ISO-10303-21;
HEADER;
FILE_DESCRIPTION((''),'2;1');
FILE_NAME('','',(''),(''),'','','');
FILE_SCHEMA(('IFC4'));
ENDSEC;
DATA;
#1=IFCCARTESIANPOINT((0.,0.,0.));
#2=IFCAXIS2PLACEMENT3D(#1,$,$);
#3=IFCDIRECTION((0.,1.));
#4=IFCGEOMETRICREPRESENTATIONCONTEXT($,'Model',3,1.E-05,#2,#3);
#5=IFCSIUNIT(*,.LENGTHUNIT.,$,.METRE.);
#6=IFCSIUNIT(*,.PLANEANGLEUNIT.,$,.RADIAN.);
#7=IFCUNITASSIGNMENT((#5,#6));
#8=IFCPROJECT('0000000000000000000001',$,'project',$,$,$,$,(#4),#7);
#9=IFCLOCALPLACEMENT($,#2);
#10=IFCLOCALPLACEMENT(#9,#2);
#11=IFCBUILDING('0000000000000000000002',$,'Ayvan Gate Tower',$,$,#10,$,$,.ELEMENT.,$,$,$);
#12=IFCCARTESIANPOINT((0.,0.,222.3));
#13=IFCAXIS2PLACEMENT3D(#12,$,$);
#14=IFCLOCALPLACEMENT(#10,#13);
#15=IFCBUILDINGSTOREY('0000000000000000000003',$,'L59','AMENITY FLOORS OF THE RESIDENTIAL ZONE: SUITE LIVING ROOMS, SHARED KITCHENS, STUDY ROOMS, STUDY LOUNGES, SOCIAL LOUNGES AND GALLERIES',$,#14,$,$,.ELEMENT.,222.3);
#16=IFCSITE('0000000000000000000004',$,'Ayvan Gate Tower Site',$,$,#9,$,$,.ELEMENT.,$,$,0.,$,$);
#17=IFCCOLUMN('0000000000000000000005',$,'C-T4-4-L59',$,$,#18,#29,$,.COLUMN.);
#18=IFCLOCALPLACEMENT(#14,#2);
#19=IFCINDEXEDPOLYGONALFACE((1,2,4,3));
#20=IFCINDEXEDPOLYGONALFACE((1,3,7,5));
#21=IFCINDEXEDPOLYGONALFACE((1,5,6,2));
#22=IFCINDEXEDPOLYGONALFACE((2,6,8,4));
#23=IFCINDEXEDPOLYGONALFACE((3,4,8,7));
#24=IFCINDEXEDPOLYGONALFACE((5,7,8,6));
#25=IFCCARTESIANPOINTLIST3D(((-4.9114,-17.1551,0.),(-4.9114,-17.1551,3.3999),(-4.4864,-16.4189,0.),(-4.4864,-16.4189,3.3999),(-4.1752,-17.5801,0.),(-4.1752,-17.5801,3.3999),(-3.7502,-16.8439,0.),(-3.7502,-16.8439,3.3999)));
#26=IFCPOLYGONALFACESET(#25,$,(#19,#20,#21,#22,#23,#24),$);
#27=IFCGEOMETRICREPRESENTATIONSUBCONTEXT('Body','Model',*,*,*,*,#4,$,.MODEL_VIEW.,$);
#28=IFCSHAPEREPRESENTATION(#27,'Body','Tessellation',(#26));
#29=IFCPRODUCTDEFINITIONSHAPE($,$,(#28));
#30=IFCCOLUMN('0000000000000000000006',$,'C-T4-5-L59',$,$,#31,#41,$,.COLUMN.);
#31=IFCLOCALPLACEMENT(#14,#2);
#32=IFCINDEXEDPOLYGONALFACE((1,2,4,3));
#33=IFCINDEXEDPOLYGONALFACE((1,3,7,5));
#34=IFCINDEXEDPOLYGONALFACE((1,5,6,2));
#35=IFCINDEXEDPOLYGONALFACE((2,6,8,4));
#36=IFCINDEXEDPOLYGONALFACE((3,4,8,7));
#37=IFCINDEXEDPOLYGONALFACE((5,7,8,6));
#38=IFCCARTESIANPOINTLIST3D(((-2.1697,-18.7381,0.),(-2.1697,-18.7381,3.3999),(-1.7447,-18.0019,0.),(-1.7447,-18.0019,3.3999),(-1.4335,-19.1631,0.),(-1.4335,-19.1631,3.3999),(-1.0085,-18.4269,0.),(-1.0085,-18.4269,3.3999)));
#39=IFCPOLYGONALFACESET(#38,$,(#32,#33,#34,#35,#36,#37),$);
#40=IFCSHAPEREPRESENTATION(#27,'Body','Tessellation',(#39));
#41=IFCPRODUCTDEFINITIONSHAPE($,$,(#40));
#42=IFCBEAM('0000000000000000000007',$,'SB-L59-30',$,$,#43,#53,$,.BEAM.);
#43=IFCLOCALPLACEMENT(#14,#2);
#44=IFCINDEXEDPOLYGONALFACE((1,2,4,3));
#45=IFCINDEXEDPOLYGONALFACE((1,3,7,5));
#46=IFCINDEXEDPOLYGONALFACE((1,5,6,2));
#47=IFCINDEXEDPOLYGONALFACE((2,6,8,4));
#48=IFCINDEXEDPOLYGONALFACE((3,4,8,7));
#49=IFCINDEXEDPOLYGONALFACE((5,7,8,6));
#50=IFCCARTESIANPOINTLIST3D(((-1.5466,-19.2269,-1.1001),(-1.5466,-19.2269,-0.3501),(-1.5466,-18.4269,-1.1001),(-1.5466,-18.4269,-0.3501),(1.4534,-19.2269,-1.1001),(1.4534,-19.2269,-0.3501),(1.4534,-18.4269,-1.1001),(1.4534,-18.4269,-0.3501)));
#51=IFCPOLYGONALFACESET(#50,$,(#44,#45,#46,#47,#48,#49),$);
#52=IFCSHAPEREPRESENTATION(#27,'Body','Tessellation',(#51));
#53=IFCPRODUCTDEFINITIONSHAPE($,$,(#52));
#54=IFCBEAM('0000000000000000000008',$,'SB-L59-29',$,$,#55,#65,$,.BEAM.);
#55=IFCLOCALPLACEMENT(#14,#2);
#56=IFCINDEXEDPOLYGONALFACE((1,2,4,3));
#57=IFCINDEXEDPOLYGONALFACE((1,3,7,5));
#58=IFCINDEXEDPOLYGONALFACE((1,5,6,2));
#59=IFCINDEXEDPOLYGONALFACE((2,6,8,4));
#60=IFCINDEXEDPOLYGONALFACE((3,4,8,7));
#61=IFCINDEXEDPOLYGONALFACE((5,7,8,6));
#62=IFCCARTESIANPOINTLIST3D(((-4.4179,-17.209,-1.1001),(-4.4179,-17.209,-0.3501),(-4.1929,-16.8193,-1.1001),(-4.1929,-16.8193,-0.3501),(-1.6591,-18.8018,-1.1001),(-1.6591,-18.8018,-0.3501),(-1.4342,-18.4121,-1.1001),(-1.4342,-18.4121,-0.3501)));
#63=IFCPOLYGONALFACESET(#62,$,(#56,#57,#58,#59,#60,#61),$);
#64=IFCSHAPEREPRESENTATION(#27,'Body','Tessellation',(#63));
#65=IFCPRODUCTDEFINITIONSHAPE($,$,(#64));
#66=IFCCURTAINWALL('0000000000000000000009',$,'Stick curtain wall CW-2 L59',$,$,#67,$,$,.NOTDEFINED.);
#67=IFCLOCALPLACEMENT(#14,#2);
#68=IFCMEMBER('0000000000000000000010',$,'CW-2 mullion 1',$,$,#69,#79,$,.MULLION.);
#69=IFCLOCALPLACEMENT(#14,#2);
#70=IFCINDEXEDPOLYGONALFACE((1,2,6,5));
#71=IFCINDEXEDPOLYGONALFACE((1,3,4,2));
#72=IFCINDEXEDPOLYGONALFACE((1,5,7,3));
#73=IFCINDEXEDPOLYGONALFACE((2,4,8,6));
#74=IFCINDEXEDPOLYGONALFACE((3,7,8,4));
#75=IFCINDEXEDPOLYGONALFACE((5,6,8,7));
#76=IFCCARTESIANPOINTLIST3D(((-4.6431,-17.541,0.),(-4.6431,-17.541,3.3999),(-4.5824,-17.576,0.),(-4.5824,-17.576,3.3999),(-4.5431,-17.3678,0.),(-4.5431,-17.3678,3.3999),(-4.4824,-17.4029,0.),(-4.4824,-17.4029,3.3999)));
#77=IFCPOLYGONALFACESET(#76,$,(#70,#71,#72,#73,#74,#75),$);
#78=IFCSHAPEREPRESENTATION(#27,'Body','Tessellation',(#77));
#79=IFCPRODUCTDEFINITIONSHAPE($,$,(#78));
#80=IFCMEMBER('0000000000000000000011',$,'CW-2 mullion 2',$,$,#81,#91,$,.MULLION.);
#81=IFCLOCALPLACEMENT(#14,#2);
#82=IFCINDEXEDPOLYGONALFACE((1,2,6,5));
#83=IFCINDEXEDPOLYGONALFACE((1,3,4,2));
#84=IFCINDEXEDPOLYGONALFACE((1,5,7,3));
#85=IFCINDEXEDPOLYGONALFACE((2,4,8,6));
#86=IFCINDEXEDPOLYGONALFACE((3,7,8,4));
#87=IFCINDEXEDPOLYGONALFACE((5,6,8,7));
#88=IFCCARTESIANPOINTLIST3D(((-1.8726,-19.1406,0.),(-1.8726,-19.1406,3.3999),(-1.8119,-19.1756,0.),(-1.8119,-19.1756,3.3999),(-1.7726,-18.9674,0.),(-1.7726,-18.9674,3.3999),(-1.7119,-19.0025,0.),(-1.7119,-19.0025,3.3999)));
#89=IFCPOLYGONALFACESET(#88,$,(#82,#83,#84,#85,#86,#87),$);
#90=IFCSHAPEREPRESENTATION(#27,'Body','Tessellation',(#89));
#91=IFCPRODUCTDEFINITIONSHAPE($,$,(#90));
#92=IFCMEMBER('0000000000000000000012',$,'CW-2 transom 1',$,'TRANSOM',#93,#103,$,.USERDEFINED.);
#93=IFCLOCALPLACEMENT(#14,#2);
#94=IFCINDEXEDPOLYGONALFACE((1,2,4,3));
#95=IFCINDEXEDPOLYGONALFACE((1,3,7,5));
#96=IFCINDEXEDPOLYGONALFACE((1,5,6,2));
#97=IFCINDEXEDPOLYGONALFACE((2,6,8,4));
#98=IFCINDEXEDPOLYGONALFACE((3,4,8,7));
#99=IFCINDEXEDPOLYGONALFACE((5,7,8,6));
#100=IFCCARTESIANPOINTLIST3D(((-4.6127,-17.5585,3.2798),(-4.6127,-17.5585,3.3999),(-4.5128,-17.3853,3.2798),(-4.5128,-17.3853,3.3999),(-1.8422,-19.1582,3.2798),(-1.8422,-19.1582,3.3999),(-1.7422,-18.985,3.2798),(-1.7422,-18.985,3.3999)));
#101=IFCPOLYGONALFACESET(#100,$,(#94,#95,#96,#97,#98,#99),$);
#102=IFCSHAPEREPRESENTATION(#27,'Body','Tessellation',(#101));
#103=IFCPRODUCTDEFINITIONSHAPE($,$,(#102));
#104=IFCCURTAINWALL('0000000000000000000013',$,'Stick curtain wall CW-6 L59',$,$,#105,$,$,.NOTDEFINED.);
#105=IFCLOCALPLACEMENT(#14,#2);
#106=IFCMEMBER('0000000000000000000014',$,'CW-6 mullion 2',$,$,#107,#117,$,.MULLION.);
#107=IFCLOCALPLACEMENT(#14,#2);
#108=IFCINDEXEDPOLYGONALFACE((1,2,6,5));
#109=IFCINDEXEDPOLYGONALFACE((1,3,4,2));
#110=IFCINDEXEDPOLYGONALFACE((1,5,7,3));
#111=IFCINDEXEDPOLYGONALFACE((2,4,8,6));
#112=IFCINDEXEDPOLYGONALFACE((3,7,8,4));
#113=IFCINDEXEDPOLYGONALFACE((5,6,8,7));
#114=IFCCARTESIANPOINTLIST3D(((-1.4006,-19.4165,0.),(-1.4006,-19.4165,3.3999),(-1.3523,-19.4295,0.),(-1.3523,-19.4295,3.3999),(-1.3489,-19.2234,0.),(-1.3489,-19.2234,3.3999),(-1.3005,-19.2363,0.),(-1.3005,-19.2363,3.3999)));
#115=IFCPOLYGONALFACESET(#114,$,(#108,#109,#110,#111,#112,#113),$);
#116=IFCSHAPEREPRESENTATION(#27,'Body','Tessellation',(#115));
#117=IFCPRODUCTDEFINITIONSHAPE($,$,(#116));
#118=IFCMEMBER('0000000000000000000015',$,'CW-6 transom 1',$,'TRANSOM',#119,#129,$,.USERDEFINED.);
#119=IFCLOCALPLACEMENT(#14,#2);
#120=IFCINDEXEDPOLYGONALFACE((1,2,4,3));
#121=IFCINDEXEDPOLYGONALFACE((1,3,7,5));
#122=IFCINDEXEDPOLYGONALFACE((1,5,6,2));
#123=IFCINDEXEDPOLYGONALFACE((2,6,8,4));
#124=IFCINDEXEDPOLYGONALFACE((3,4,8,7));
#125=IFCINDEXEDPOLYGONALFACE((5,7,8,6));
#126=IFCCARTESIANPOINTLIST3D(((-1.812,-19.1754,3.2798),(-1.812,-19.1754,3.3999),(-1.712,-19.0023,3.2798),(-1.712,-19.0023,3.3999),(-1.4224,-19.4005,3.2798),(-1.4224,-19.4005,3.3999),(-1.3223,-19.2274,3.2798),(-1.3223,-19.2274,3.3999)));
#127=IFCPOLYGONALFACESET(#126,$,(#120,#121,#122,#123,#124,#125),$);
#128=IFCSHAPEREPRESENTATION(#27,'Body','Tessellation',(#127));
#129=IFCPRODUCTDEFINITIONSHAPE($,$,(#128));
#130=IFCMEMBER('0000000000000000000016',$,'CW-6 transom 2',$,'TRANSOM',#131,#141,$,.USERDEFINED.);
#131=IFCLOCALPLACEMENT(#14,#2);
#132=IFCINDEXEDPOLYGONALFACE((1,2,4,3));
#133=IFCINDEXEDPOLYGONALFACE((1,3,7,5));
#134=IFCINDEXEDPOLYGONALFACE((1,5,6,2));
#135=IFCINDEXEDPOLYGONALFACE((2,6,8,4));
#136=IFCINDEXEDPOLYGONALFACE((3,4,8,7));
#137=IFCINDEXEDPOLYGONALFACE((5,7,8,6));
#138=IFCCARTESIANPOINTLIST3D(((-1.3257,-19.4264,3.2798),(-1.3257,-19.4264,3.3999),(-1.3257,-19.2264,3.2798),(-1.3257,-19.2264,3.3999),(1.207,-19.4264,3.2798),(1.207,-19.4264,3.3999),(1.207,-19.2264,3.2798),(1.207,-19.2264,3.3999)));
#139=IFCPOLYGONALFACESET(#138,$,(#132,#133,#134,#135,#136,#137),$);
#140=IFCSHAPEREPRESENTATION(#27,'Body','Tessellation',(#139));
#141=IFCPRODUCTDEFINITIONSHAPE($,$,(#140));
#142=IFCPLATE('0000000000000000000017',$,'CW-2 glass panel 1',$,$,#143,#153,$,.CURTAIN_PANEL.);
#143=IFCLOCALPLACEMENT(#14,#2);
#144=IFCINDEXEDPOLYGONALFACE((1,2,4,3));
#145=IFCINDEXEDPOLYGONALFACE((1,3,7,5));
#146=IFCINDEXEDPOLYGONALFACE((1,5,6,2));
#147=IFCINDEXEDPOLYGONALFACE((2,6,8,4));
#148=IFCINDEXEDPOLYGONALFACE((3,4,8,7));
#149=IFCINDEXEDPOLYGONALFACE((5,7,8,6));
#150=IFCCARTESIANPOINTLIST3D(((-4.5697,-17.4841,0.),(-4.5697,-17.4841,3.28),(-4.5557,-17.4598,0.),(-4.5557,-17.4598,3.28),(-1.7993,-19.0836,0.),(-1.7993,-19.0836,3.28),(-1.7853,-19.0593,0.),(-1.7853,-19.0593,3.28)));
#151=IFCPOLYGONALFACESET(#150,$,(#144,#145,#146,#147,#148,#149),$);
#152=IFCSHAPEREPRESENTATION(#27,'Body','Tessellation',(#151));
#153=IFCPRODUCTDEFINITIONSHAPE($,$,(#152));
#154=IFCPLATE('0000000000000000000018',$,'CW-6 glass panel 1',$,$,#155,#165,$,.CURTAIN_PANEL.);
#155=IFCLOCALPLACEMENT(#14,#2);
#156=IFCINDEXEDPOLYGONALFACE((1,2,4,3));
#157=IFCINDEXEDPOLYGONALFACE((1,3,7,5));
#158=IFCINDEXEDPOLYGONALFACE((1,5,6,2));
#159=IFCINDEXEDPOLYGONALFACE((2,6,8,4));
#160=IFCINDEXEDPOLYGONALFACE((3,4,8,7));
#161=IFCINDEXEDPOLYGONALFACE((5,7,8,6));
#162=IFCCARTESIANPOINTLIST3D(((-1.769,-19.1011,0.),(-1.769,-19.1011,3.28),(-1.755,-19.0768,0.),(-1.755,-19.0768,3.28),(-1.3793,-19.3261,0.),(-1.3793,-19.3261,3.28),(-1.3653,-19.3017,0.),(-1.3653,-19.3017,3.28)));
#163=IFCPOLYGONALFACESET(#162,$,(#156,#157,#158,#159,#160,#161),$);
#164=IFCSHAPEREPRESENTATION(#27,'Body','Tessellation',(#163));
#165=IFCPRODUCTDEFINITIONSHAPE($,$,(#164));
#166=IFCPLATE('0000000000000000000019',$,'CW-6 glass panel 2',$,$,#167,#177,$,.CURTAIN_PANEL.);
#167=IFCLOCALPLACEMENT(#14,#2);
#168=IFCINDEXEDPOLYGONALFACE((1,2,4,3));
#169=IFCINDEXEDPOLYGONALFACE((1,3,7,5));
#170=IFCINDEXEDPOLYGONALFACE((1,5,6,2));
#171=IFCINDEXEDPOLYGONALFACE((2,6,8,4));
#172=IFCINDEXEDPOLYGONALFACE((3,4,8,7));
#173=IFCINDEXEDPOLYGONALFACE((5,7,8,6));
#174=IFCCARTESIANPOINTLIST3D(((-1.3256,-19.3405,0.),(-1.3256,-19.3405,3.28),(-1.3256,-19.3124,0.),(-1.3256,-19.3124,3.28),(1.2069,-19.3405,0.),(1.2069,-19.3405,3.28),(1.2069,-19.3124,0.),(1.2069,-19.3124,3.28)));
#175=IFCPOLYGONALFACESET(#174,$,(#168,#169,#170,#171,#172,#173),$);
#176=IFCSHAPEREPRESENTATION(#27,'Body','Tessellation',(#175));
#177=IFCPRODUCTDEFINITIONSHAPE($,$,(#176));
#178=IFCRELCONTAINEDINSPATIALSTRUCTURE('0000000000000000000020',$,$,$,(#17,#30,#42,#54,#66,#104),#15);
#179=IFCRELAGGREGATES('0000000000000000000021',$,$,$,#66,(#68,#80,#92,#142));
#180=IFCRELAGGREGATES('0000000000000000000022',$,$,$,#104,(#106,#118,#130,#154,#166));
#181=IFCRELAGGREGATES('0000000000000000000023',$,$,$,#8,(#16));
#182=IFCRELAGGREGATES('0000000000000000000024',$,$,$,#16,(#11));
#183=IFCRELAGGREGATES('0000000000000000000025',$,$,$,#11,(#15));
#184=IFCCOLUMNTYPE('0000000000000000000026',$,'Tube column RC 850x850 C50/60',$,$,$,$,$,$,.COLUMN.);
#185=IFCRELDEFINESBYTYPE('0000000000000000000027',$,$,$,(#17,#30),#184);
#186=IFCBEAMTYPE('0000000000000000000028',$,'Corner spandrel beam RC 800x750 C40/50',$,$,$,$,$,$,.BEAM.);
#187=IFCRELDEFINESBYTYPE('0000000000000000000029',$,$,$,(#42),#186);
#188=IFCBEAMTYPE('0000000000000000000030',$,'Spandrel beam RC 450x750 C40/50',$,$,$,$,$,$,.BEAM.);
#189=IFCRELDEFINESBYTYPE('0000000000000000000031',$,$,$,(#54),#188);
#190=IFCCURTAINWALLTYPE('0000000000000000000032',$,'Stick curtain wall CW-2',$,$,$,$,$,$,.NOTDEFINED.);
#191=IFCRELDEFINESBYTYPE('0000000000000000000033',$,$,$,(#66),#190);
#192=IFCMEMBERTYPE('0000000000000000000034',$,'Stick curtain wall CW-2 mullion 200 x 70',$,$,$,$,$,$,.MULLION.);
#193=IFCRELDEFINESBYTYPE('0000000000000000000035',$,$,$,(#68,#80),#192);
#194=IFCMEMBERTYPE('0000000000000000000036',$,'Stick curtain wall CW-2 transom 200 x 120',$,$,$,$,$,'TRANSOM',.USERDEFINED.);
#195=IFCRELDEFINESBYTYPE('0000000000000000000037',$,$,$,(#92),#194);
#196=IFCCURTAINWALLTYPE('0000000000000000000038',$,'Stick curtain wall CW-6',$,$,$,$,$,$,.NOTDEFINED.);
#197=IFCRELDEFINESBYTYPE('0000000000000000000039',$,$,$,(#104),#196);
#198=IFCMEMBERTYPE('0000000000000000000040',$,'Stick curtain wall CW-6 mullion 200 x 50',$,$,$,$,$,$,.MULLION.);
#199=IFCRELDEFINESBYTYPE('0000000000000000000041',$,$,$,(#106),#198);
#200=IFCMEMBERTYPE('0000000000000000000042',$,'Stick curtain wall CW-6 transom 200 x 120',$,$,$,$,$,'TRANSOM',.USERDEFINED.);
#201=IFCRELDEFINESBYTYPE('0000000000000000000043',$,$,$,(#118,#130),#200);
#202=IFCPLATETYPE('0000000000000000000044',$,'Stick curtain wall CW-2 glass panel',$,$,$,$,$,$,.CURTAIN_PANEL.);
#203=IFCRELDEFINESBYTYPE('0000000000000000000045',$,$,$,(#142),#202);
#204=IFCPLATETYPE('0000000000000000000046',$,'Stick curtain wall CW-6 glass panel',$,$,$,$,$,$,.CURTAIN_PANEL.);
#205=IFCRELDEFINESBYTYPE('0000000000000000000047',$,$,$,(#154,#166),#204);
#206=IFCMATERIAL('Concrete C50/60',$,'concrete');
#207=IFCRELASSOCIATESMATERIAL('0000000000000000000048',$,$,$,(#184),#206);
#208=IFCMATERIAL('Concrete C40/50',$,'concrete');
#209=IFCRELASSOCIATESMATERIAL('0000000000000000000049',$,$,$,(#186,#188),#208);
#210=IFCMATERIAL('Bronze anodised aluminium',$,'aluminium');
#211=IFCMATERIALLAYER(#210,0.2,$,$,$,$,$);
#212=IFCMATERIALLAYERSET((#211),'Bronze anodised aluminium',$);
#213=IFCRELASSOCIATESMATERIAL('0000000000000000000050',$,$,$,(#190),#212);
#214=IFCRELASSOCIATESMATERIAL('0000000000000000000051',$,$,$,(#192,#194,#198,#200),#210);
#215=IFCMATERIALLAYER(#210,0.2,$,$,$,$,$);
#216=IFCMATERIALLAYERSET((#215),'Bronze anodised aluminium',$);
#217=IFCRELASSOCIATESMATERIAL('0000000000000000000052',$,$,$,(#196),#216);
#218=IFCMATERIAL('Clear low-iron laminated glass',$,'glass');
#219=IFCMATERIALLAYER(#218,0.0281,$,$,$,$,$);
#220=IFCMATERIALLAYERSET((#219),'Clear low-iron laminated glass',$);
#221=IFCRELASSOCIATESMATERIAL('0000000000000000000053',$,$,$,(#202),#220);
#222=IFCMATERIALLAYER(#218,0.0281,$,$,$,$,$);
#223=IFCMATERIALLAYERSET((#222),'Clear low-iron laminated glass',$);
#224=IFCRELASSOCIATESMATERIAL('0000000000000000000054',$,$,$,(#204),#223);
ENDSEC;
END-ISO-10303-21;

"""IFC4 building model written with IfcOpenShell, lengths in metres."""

from ifc_helpers import new_model, si_unit, direction, frame, origin, origin_2d, place, context, subcontext, project, spatial, rectangle, extrude, material, layer, layer_set, material_profile, profile_set, type_object, element, aggregate, save


model = new_model("IFC4")

# Units and contexts
model_context = context("Model", 3, precision=1e-05, world=origin(), true_north=direction((0.0, 1.0)))
body_context = subcontext(model_context, "Body", "Model", "MODEL_VIEW")
ifc_project = project(units=[si_unit("LENGTHUNIT", "METRE"), si_unit("PLANEANGLEUNIT", "RADIAN")], contexts=[model_context])

# Site, building, storey
site_placement = place(None, origin())
site = spatial("IfcSite", under=ifc_project, at=site_placement, Name="Ayvan Gate Tower Site", CompositionType="ELEMENT", RefElevation=0.0)
building_placement = place(site_placement, origin())
building = spatial("IfcBuilding", under=site, at=building_placement, Name="Ayvan Gate Tower", CompositionType="ELEMENT")
storey_placement = place(building_placement, frame((0.0, 0.0, 222.3)))
storey = spatial("IfcBuildingStorey", under=building, at=storey_placement, Name="L59", Description="AMENITY FLOORS OF THE RESIDENTIAL ZONE: SUITE LIVING ROOMS, SHARED KITCHENS, STUDY ROOMS, STUDY LOUNGES, SOCIAL LOUNGES AND GALLERIES", CompositionType="ELEMENT", Elevation=222.3)

# Columns
ifc_material_1 = material(Name="Concrete C50/60", Category="concrete")
ifc_material_profile_1 = material_profile(ifc_material_1, rectangle(XDim=0.8501, YDim=0.8501, at=origin_2d()), Name="RC 850x850")
ifc_profile_set_1 = profile_set([ifc_material_profile_1], Name="Concrete C50/60")
column_type = type_object("IfcColumnType", Name="Tube column RC 850x850 C50/60", PredefinedType="COLUMN", material=ifc_profile_set_1)
for number, where, z_axis, x_axis, name in (
    (1, (-4.3308, -16.9995, 0.0), (0.0, 0.0, 1.0), (-0.5, -0.866025, 0.0), "C-T4-4-L59"),
    (2, (-1.5891, -18.5825, 0.0), (0.0, 0.0, 1.0), (-0.5, -0.866025, 0.0), "C-T4-5-L59"),
):
    element("IfcColumn", number, at=place(storey_placement, frame(where, z_axis=z_axis, x_axis=x_axis)), inside=storey, type_object=column_type, Name=name, PredefinedType="COLUMN", context=body_context, shape_type="SweptSolid", body=[
        extrude(rectangle(XDim=0.8501, YDim=0.8501, at=origin_2d()), origin(), (0.0, 0.0, 1.0), 3.3999),
    ])

# Beams
ifc_material_2 = material(Name="Concrete C40/50", Category="concrete")
ifc_material_profile_2 = material_profile(ifc_material_2, rectangle(XDim=0.8, YDim=0.75, at=origin_2d()), Name="RC 800x750")
ifc_profile_set_2 = profile_set([ifc_material_profile_2], Name="Concrete C40/50")
beam_type_1 = type_object("IfcBeamType", Name="Corner spandrel beam RC 800x750 C40/50", PredefinedType="BEAM", material=ifc_profile_set_2)
beam_1_placement = place(storey_placement, frame((-1.5466, -18.8269, -0.7251), z_axis=(1.0, 0.0, 0.0), x_axis=(0.0, 1.0, 0.0)))
element("IfcBeam", 3, at=beam_1_placement, inside=storey, type_object=beam_type_1, Name="SB-L59-30", PredefinedType="BEAM", context=body_context, shape_type="SweptSolid", body=[
    extrude(rectangle(XDim=0.8, YDim=0.75, at=origin_2d()), origin(), (0.0, 0.0, 1.0), 3.0),
])
ifc_material_profile_3 = material_profile(ifc_material_2, rectangle(XDim=0.45, YDim=0.75, at=origin_2d()), Name="RC 450x750")
ifc_profile_set_3 = profile_set([ifc_material_profile_3], Name="Concrete C40/50")
beam_type_2 = type_object("IfcBeamType", Name="Spandrel beam RC 450x750 C40/50", PredefinedType="BEAM", material=ifc_profile_set_3)
beam_2_placement = place(storey_placement, frame((-4.3054, -17.0142, -0.7251), z_axis=(0.866027, -0.499997, 0.0), x_axis=(0.499997, 0.866027, 0.0)))
element("IfcBeam", 4, at=beam_2_placement, inside=storey, type_object=beam_type_2, Name="SB-L59-29", PredefinedType="BEAM", context=body_context, shape_type="SweptSolid", body=[
    extrude(rectangle(XDim=0.45, YDim=0.75, at=origin_2d()), origin(), (0.0, 0.0, 1.0), 3.1855),
])

# Curtain walls, members
ifc_material_3 = material(Name="Bronze anodised aluminium", Category="aluminium")
ifc_layer_1 = layer(ifc_material_3, 0.2)
ifc_layer_set_1 = layer_set([ifc_layer_1], Name="Bronze anodised aluminium")
curtain_wall_type_1 = type_object("IfcCurtainWallType", Name="Stick curtain wall CW-2", PredefinedType="NOTDEFINED", material=ifc_layer_set_1)
curtain_wall_1_placement = place(storey_placement, origin())
curtain_wall_1 = element("IfcCurtainWall", 5, at=curtain_wall_1_placement, inside=storey, type_object=curtain_wall_type_1, Name="Stick curtain wall CW-2 L59", PredefinedType="NOTDEFINED")
ifc_material_profile_4 = material_profile(ifc_material_3, rectangle(XDim=0.2, YDim=0.0701, at=origin_2d()), Name="Stick curtain wall CW-2 mullion 200 x 70")
ifc_profile_set_4 = profile_set([ifc_material_profile_4], Name="Bronze anodised aluminium")
member_type_1 = type_object("IfcMemberType", Name="Stick curtain wall CW-2 mullion 200 x 70", PredefinedType="MULLION", material=ifc_profile_set_4)
member_1_placement = place(storey_placement, frame((-4.5627, -17.4719, 0.0), z_axis=(0.0, 0.0, 1.0), x_axis=(-0.5, -0.866025, 0.0)))
member_1 = element("IfcMember", 6, at=member_1_placement, type_object=member_type_1, Name="CW-2 mullion 1", PredefinedType="MULLION", context=body_context, shape_type="SweptSolid", body=[
    extrude(rectangle(XDim=0.2, YDim=0.0701, at=origin_2d()), origin(), (0.0, 0.0, 1.0), 3.3999),
])
member_2_placement = place(storey_placement, frame((-1.7922, -19.0715, 0.0), z_axis=(0.0, 0.0, 1.0), x_axis=(-0.5, -0.866025, 0.0)))
member_2 = element("IfcMember", 7, at=member_2_placement, type_object=member_type_1, Name="CW-2 mullion 2", PredefinedType="MULLION", context=body_context, shape_type="SweptSolid", body=[
    extrude(rectangle(XDim=0.2, YDim=0.0701, at=origin_2d()), origin(), (0.0, 0.0, 1.0), 3.3999),
])
ifc_material_profile_5 = material_profile(ifc_material_3, rectangle(XDim=0.2, YDim=0.1201, at=origin_2d()), Name="Stick curtain wall CW-2 transom 200 x 120")
ifc_profile_set_5 = profile_set([ifc_material_profile_5], Name="Bronze anodised aluminium")
member_type_2 = type_object("IfcMemberType", Name="Stick curtain wall CW-2 transom 200 x 120", ElementType="TRANSOM", PredefinedType="USERDEFINED", material=ifc_profile_set_5)
member_3_placement = place(storey_placement, frame((-4.5627, -17.4719, 3.3398), z_axis=(0.866018, -0.500013, 0.0), x_axis=(0.500013, 0.866018, 0.0)))
member_3 = element("IfcMember", 8, at=member_3_placement, type_object=member_type_2, Name="CW-2 transom 1", ObjectType="TRANSOM", PredefinedType="USERDEFINED", context=body_context, shape_type="SweptSolid", body=[
    extrude(rectangle(XDim=0.2, YDim=0.1201, at=origin_2d()), origin(), (0.0, 0.0, 1.0), 3.1992),
])
ifc_layer_2 = layer(ifc_material_3, 0.2)
ifc_layer_set_2 = layer_set([ifc_layer_2], Name="Bronze anodised aluminium")
curtain_wall_type_2 = type_object("IfcCurtainWallType", Name="Stick curtain wall CW-6", PredefinedType="NOTDEFINED", material=ifc_layer_set_2)
curtain_wall_2_placement = place(storey_placement, origin())
curtain_wall_2 = element("IfcCurtainWall", 9, at=curtain_wall_2_placement, inside=storey, type_object=curtain_wall_type_2, Name="Stick curtain wall CW-6 L59", PredefinedType="NOTDEFINED")
ifc_material_profile_6 = material_profile(ifc_material_3, rectangle(XDim=0.2, YDim=0.05, at=origin_2d()), Name="Stick curtain wall CW-6 mullion 200 x 50")
ifc_profile_set_6 = profile_set([ifc_material_profile_6], Name="Bronze anodised aluminium")
member_type_3 = type_object("IfcMemberType", Name="Stick curtain wall CW-6 mullion 200 x 50", PredefinedType="MULLION", material=ifc_profile_set_6)
member_4_placement = place(storey_placement, frame((-1.3506, -19.3264, 0.0), z_axis=(0.0, 0.0, 1.0), x_axis=(-0.258819, -0.965926, 0.0)))
member_4 = element("IfcMember", 10, at=member_4_placement, type_object=member_type_3, Name="CW-6 mullion 2", PredefinedType="MULLION", context=body_context, shape_type="SweptSolid", body=[
    extrude(rectangle(XDim=0.2, YDim=0.05, at=origin_2d()), origin(), (0.0, 0.0, 1.0), 3.3999),
])
ifc_material_profile_7 = material_profile(ifc_material_3, rectangle(XDim=0.2, YDim=0.1201, at=origin_2d()), Name="Stick curtain wall CW-6 transom 200 x 120")
ifc_profile_set_7 = profile_set([ifc_material_profile_7], Name="Bronze anodised aluminium")
member_type_4 = type_object("IfcMemberType", Name="Stick curtain wall CW-6 transom 200 x 120", ElementType="TRANSOM", PredefinedType="USERDEFINED", material=ifc_profile_set_7)
member_5_placement = place(storey_placement, frame((-1.762, -19.0889, 3.3398), z_axis=(0.865896, -0.500223, 0.0), x_axis=(0.500223, 0.865896, 0.0)))
member_5 = element("IfcMember", 11, at=member_5_placement, type_object=member_type_4, Name="CW-6 transom 1", ObjectType="TRANSOM", PredefinedType="USERDEFINED", context=body_context, shape_type="SweptSolid", body=[
    extrude(rectangle(XDim=0.2, YDim=0.1201, at=origin_2d()), origin(), (0.0, 0.0, 1.0), 0.45),
])
member_6_placement = place(storey_placement, frame((-1.3257, -19.3264, 3.3398), z_axis=(1.0, 0.0, 0.0), x_axis=(0.0, 1.0, 0.0)))
member_6 = element("IfcMember", 12, at=member_6_placement, type_object=member_type_4, Name="CW-6 transom 2", ObjectType="TRANSOM", PredefinedType="USERDEFINED", context=body_context, shape_type="SweptSolid", body=[
    extrude(rectangle(XDim=0.2, YDim=0.1201, at=origin_2d()), origin(), (0.0, 0.0, 1.0), 2.5327),
])

# Plates
ifc_material_4 = material(Name="Clear low-iron laminated glass", Category="glass")
ifc_layer_3 = layer(ifc_material_4, 0.0281)
ifc_layer_set_3 = layer_set([ifc_layer_3], Name="Clear low-iron laminated glass")
plate_type_1 = type_object("IfcPlateType", Name="Stick curtain wall CW-2 glass panel", PredefinedType="CURTAIN_PANEL", material=ifc_layer_set_3)
plate_1_placement = place(storey_placement, frame((-3.1775, -18.2717, 0.0), z_axis=(0.0, 0.0, 1.0), x_axis=(0.866025, -0.5, 0.0)))
plate_1 = element("IfcPlate", 13, at=plate_1_placement, type_object=plate_type_1, Name="CW-2 glass panel 1", PredefinedType="CURTAIN_PANEL", context=body_context, shape_type="SweptSolid", body=[
    extrude(rectangle(XDim=3.199, YDim=0.0281, at=origin_2d()), origin(), (0.0, 0.0, 1.0), 3.28),
])
aggregate(curtain_wall_1, [member_1, member_2, member_3, plate_1])
ifc_layer_4 = layer(ifc_material_4, 0.0281)
ifc_layer_set_4 = layer_set([ifc_layer_4], Name="Clear low-iron laminated glass")
plate_type_2 = type_object("IfcPlateType", Name="Stick curtain wall CW-6 glass panel", PredefinedType="CURTAIN_PANEL", material=ifc_layer_set_4)
plate_2_placement = place(storey_placement, frame((-1.5671, -19.2014, 0.0), z_axis=(0.0, 0.0, 1.0), x_axis=(0.866025, -0.5, 0.0)))
plate_2 = element("IfcPlate", 14, at=plate_2_placement, type_object=plate_type_2, Name="CW-6 glass panel 1", PredefinedType="CURTAIN_PANEL", context=body_context, shape_type="SweptSolid", body=[
    extrude(rectangle(XDim=0.45, YDim=0.0281, at=origin_2d()), origin(), (0.0, 0.0, 1.0), 3.28),
])
plate_3_placement = place(storey_placement, frame((-0.0593, -19.3264, 0.0), z_axis=(0.0, 0.0, 1.0), x_axis=(1.0, 0.0, 0.0)))
plate_3 = element("IfcPlate", 15, at=plate_3_placement, type_object=plate_type_2, Name="CW-6 glass panel 2", PredefinedType="CURTAIN_PANEL", context=body_context, shape_type="SweptSolid", body=[
    extrude(rectangle(XDim=2.5325, YDim=0.0281, at=origin_2d()), origin(), (0.0, 0.0, 1.0), 3.28),
])
aggregate(curtain_wall_2, [member_4, member_5, member_6, plate_2, plate_3])

save(model, "model.ifc")
